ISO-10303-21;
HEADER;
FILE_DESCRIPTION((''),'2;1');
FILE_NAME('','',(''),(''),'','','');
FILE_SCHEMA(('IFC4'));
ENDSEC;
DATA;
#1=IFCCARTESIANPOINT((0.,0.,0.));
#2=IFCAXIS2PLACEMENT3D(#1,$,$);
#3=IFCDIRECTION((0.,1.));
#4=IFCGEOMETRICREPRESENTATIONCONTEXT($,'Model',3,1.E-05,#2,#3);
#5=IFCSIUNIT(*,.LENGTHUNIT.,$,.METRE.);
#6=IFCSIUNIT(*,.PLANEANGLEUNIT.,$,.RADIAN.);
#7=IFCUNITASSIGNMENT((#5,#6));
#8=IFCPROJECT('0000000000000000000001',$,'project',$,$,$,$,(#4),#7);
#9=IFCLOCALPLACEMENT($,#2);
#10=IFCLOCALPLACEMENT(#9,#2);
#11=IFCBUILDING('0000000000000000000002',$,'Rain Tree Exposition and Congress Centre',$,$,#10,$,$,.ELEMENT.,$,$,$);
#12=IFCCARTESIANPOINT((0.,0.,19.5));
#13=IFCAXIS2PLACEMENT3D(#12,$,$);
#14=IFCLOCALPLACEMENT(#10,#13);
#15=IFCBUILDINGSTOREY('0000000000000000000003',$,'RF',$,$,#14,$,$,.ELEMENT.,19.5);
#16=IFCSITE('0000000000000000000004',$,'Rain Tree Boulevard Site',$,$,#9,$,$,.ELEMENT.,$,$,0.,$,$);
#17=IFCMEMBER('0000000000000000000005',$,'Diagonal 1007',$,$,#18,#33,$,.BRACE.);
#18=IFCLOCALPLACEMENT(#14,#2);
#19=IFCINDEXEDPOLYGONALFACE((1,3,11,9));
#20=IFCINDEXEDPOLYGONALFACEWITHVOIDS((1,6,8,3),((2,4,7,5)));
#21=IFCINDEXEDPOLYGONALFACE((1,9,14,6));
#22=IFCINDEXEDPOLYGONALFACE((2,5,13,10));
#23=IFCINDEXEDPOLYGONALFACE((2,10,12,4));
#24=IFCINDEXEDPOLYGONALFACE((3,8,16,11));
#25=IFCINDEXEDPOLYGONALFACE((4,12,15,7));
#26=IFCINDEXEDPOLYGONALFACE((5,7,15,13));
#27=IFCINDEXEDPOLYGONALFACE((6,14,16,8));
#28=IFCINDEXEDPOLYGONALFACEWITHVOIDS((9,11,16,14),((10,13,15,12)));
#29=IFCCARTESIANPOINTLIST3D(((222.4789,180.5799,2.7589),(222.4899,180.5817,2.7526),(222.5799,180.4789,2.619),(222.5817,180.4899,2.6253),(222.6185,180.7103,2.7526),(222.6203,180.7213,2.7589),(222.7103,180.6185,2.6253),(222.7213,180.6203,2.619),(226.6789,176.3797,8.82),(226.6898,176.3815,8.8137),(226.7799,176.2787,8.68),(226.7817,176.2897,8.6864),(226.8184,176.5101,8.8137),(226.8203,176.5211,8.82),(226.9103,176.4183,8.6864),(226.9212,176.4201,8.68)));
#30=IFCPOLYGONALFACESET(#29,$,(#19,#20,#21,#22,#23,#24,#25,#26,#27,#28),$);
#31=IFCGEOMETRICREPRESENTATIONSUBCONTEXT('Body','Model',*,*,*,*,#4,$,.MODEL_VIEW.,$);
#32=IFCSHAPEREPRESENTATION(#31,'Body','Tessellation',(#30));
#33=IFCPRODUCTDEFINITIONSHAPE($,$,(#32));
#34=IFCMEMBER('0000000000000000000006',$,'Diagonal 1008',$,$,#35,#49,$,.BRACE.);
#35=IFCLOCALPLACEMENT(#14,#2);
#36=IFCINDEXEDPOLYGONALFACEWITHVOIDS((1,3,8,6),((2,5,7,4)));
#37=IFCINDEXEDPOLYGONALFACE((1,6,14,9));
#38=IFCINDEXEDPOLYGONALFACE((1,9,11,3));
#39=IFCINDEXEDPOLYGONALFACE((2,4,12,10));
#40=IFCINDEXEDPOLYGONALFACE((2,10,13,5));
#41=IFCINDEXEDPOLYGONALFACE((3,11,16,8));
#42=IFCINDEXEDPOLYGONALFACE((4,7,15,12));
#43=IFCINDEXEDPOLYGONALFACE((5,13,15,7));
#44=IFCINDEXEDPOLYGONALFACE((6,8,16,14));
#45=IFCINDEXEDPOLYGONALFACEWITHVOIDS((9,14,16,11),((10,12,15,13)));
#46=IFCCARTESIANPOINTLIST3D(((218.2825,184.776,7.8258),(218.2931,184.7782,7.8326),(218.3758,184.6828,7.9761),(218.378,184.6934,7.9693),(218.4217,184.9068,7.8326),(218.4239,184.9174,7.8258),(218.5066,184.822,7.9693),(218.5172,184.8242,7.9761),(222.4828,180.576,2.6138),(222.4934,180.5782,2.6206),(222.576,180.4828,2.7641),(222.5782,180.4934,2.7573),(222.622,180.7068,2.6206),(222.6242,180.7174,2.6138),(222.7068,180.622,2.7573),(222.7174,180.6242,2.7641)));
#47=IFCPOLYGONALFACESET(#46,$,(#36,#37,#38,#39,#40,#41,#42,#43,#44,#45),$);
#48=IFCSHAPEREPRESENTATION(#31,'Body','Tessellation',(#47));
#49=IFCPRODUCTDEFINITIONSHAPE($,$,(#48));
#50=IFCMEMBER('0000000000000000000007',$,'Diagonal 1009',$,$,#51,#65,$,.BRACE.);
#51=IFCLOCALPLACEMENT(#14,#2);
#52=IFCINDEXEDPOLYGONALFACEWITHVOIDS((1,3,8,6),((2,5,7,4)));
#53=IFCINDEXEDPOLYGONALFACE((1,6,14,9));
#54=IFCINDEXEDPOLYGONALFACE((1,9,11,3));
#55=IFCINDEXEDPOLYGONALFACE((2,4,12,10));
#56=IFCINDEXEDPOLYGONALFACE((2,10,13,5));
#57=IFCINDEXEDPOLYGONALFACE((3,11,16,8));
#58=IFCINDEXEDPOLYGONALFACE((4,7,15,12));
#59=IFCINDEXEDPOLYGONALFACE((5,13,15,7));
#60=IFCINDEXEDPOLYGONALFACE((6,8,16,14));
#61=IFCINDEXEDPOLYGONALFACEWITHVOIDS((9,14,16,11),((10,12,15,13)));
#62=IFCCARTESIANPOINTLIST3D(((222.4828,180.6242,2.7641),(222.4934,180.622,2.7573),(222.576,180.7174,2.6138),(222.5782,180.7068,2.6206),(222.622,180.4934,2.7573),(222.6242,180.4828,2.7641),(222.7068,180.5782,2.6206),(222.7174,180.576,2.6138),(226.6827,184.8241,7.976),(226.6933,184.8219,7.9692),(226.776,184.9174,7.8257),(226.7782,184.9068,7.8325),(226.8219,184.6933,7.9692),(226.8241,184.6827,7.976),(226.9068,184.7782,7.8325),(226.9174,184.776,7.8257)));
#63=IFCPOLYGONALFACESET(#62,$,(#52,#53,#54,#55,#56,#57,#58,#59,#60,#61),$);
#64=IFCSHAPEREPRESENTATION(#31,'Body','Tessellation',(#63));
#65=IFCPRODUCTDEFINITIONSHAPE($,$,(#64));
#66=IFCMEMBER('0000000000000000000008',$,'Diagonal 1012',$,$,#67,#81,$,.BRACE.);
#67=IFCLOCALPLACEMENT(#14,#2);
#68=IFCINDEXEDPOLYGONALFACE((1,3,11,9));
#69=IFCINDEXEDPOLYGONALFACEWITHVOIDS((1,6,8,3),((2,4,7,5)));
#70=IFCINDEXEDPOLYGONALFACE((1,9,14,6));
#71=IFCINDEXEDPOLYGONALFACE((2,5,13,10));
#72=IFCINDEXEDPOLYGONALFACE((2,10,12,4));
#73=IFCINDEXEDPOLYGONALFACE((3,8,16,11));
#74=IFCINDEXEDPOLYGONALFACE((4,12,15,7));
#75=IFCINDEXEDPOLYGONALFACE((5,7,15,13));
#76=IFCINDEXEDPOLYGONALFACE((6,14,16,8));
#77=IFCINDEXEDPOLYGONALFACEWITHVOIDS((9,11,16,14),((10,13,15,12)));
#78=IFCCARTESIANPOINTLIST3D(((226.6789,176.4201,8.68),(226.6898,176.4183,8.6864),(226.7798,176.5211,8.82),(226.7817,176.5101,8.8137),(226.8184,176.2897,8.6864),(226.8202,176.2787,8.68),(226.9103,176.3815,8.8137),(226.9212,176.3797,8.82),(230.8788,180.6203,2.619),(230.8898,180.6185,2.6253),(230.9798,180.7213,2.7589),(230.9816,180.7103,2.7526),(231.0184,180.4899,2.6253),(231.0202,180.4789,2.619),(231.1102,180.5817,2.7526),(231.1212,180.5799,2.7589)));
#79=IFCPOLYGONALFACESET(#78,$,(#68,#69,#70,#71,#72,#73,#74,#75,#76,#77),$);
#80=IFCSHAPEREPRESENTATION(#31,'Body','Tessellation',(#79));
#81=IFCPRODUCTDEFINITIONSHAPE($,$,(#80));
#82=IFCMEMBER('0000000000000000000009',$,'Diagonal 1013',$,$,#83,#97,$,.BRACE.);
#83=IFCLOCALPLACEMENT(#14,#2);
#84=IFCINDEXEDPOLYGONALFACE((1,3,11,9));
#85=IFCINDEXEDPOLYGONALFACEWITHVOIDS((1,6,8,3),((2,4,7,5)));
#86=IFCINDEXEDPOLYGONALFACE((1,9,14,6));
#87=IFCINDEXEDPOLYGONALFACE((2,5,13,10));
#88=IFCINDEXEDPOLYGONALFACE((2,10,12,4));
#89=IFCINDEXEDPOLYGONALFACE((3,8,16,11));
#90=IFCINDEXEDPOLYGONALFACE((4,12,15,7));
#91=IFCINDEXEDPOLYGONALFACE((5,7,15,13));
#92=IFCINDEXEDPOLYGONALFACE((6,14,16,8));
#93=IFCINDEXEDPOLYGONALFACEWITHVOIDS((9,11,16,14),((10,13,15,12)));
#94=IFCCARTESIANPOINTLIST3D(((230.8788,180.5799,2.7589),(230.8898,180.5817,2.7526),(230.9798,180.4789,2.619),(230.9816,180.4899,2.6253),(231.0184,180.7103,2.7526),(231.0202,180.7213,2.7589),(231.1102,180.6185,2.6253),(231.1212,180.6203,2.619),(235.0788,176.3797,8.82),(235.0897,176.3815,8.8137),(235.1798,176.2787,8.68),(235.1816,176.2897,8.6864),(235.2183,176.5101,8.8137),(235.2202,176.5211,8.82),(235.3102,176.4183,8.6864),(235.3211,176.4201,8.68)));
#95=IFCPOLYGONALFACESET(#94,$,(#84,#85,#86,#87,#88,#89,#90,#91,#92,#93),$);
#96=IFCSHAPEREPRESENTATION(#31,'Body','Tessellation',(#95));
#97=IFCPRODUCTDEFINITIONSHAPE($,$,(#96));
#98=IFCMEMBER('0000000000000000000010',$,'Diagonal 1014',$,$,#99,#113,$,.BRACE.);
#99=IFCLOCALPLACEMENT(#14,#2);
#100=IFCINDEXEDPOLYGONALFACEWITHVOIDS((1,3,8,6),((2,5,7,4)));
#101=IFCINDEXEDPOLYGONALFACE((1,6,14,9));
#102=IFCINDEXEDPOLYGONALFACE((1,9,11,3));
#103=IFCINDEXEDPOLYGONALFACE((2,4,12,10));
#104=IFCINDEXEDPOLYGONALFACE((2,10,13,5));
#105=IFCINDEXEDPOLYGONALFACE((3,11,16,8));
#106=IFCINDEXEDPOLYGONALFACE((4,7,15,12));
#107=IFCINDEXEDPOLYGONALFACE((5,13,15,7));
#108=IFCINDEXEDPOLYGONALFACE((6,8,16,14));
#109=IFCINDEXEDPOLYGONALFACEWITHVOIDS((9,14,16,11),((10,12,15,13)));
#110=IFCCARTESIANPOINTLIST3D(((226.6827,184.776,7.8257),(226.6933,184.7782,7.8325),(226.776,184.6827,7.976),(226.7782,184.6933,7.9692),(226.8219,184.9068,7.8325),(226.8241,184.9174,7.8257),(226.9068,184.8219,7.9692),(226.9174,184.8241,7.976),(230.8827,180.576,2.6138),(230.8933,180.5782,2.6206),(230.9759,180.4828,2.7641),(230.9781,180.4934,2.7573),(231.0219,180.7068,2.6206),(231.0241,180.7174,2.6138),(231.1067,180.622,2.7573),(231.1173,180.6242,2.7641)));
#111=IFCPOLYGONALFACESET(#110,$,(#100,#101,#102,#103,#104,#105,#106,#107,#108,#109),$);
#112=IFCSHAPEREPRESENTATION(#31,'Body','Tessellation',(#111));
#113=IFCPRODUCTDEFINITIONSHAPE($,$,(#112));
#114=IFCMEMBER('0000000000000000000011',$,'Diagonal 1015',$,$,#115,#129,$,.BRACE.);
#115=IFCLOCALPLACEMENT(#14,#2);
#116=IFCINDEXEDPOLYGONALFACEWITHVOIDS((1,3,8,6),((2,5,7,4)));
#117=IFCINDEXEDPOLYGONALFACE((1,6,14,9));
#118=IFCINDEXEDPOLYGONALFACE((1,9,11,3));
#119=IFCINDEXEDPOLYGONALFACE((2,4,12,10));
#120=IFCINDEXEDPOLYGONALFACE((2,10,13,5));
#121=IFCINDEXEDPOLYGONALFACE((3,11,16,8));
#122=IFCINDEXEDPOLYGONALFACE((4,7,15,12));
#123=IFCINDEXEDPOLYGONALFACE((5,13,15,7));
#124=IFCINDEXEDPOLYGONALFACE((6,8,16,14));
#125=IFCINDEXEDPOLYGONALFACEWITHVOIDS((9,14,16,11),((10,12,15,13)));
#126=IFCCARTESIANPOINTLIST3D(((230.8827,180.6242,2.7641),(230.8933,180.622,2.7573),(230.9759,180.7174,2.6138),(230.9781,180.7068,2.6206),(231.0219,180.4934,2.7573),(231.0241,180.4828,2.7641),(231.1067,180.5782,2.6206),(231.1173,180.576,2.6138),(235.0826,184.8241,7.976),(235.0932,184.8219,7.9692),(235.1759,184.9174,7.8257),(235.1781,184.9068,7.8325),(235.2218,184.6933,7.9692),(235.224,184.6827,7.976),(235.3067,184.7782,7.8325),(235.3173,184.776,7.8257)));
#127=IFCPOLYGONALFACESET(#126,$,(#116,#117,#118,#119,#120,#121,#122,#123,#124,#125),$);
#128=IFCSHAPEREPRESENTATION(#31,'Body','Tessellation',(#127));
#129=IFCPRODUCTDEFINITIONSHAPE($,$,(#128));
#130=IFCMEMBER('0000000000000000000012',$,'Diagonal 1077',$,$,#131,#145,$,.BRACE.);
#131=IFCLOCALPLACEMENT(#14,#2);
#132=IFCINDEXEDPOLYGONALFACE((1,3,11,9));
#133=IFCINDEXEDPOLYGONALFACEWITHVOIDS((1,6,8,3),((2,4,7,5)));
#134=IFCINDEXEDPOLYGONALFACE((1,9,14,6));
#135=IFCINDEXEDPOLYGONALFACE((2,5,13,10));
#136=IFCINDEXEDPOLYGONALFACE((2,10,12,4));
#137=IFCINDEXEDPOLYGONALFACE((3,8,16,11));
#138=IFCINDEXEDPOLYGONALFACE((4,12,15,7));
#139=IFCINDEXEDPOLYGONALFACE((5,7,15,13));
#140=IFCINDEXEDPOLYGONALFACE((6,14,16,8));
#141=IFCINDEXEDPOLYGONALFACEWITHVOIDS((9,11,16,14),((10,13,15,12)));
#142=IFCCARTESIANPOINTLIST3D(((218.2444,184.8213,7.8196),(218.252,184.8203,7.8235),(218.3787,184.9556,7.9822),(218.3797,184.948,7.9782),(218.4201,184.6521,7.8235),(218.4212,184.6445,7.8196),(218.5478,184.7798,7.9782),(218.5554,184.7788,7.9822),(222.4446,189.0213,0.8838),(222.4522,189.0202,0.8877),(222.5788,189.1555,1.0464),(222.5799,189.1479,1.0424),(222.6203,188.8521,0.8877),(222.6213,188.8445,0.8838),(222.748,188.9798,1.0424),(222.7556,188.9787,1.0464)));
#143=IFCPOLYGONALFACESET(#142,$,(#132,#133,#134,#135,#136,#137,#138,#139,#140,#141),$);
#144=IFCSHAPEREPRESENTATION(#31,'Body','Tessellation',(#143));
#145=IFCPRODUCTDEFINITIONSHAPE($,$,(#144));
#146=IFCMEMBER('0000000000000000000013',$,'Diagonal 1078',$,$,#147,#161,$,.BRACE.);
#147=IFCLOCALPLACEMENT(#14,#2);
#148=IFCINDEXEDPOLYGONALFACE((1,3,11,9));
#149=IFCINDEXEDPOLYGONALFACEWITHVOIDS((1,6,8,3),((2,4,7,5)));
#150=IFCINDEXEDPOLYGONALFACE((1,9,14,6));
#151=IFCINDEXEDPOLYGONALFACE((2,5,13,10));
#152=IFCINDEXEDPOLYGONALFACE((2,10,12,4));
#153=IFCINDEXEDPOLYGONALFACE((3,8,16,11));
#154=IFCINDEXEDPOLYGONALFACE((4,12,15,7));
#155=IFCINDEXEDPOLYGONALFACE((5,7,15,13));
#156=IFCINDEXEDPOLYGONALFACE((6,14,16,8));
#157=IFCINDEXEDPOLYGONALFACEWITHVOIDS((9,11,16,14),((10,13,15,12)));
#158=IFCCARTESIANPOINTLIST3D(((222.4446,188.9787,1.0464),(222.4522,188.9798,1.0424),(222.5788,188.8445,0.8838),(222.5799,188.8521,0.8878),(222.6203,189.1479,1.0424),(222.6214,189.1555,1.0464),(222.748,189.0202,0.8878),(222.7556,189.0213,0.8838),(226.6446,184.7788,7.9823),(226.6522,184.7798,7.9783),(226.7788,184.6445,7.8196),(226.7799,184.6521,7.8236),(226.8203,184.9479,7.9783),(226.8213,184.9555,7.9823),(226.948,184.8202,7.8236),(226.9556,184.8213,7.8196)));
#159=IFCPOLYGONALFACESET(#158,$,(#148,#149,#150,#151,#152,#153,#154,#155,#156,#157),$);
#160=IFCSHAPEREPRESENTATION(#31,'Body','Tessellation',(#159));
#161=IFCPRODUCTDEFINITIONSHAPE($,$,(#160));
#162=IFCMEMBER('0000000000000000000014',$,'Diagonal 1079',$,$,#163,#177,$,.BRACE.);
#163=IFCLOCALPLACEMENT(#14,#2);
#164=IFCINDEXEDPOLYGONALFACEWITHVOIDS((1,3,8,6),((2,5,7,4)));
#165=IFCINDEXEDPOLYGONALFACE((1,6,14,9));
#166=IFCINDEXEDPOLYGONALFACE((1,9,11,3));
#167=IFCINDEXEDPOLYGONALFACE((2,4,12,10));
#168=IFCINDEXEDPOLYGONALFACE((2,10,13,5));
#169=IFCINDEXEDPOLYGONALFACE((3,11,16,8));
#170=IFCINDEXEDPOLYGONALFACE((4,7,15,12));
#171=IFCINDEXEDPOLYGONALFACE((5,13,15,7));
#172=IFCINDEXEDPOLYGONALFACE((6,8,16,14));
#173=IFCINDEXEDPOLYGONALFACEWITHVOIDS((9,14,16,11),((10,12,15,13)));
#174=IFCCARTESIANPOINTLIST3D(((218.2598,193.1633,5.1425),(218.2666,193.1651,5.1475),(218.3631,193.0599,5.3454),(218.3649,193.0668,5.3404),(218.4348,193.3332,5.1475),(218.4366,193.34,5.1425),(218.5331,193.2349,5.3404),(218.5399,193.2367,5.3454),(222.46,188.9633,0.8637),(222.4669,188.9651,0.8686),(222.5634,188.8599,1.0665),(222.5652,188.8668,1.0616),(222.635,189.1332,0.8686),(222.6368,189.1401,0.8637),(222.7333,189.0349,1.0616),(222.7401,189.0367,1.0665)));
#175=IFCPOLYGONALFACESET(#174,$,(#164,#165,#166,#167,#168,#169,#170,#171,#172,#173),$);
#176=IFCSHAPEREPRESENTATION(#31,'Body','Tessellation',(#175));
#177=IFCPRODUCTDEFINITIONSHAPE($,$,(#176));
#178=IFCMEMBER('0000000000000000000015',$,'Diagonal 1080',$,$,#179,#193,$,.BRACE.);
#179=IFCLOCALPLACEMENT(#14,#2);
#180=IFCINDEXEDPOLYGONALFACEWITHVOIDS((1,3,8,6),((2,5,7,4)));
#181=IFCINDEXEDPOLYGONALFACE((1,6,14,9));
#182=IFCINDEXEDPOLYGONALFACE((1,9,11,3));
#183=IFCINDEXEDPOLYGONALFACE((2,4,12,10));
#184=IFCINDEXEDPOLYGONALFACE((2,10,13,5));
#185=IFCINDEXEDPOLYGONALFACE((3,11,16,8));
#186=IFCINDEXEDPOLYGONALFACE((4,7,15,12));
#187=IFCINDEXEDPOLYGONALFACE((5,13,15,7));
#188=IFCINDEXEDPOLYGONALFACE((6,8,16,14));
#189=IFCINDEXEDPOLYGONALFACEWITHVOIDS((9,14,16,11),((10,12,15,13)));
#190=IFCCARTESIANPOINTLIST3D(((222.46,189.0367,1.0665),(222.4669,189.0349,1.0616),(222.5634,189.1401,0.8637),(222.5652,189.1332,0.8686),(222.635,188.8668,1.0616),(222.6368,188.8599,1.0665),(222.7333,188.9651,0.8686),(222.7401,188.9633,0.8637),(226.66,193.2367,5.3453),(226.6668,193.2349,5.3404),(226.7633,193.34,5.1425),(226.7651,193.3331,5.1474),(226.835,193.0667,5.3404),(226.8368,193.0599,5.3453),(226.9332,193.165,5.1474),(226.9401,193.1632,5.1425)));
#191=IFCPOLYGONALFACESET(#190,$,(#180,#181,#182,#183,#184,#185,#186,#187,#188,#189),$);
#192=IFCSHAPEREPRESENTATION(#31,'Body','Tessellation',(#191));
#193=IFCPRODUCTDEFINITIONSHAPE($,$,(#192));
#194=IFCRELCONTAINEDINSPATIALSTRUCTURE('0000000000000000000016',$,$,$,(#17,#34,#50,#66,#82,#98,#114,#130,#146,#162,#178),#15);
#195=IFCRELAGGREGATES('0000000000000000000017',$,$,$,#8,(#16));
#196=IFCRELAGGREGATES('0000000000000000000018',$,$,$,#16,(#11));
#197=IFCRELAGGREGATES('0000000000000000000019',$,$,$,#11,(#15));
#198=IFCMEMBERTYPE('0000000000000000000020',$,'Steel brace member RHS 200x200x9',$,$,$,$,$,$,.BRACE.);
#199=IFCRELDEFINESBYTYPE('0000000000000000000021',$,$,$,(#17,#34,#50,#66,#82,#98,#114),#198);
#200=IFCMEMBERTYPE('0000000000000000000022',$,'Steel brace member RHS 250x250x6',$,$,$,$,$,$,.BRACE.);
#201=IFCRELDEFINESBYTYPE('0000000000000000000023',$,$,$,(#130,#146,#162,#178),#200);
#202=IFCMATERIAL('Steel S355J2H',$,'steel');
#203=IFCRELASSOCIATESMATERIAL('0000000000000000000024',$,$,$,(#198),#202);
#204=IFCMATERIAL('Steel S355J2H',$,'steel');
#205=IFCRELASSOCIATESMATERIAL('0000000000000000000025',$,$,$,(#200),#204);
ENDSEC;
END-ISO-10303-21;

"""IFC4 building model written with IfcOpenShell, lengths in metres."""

from ifc_helpers import new_model, si_unit, direction, frame, origin, origin_2d, place, context, subcontext, project, spatial, hollow_rectangle, extrude, material, material_profile, profile_set, type_object, element, save


model = new_model("IFC4")

# Units and contexts
model_context = context("Model", 3, precision=1e-05, world=origin(), true_north=direction((0.0, 1.0)))
body_context = subcontext(model_context, "Body", "Model", "MODEL_VIEW")
ifc_project = project(units=[si_unit("LENGTHUNIT", "METRE"), si_unit("PLANEANGLEUNIT", "RADIAN")], contexts=[model_context])

# Site, building, storey
site_placement = place(None, origin())
site = spatial("IfcSite", under=ifc_project, at=site_placement, Name="Rain Tree Boulevard Site", CompositionType="ELEMENT", RefElevation=0.0)
building_placement = place(site_placement, origin())
building = spatial("IfcBuilding", under=site, at=building_placement, Name="Rain Tree Exposition and Congress Centre", CompositionType="ELEMENT")
storey_placement = place(building_placement, frame((0.0, 0.0, 19.5)))
storey = spatial("IfcBuildingStorey", under=building, at=storey_placement, Name="RF", CompositionType="ELEMENT", Elevation=19.5)

# Members
ifc_material_1 = material(Name="Steel S355J2H", Category="steel")
ifc_material_profile_1 = material_profile(ifc_material_1, hollow_rectangle(XDim=0.2, YDim=0.2, WallThickness=0.009, at=origin_2d()), Name="RHS 200x200x9")
ifc_profile_set_1 = profile_set([ifc_material_profile_1], Name="Steel S355J2H")
member_type_1 = type_object("IfcMemberType", Name="Steel brace member RHS 200x200x9", PredefinedType="BRACE", material=ifc_profile_set_1)
member_1_placement = place(storey_placement, frame((222.6001, 180.6001, 2.689), z_axis=(0.494909, -0.494938, 0.714214), x_axis=(0.707127, 0.707086, 0.0)))
element("IfcMember", 1, at=member_1_placement, inside=storey, type_object=member_type_1, Name="Diagonal 1007", PredefinedType="BRACE", context=body_context, shape_type="SweptSolid", body=[
    extrude(hollow_rectangle(XDim=0.2, YDim=0.2, WallThickness=0.009, at=origin_2d()), origin(), (0.0, 0.0, 1.0), 8.4863),
])
member_2_placement = place(storey_placement, frame((222.6001, 180.6001, 2.689), z_axis=(-0.53152, 0.531489, 0.65955), x_axis=(-0.707086, -0.707127, 0.0)))
element("IfcMember", 2, at=member_2_placement, inside=storey, type_object=member_type_1, Name="Diagonal 1008", PredefinedType="BRACE", context=body_context, shape_type="SweptSolid", body=[
    extrude(hollow_rectangle(XDim=0.2, YDim=0.2, WallThickness=0.009, at=origin_2d()), origin(), (0.0, 0.0, 1.0), 7.9023),
])
member_3_placement = place(storey_placement, frame((222.6001, 180.6001, 2.689), z_axis=(0.531498, 0.531498, 0.65956), x_axis=(-0.707107, 0.707107, 0.0)))
element("IfcMember", 3, at=member_3_placement, inside=storey, type_object=member_type_1, Name="Diagonal 1009", PredefinedType="BRACE", context=body_context, shape_type="SweptSolid", body=[
    extrude(hollow_rectangle(XDim=0.2, YDim=0.2, WallThickness=0.009, at=origin_2d()), origin(), (0.0, 0.0, 1.0), 7.9021),
])
for number, where, z_axis, x_axis, name in (
    (4, (231.0, 180.6001, 2.689), (-0.494909, -0.494938, 0.714214), (0.707127, -0.707086, 0.0), "Diagonal 1012"),
    (5, (231.0, 180.6001, 2.689), (0.494909, -0.494938, 0.714214), (0.707127, 0.707086, 0.0), "Diagonal 1013"),
):
    element("IfcMember", number, at=place(storey_placement, frame(where, z_axis=z_axis, x_axis=x_axis)), inside=storey, type_object=member_type_1, Name=name, PredefinedType="BRACE", context=body_context, shape_type="SweptSolid", body=[
        extrude(hollow_rectangle(XDim=0.2, YDim=0.2, WallThickness=0.009, at=origin_2d()), origin(), (0.0, 0.0, 1.0), 8.4863),
    ])
for number, where, z_axis, x_axis, name in (
    (6, (231.0, 180.6001, 2.689), (-0.531498, 0.531498, 0.65956), (-0.707107, -0.707107, 0.0), "Diagonal 1014"),
    (7, (231.0, 180.6001, 2.689), (0.531498, 0.531498, 0.65956), (-0.707107, 0.707107, 0.0), "Diagonal 1015"),
):
    element("IfcMember", number, at=place(storey_placement, frame(where, z_axis=z_axis, x_axis=x_axis)), inside=storey, type_object=member_type_1, Name=name, PredefinedType="BRACE", context=body_context, shape_type="SweptSolid", body=[
        extrude(hollow_rectangle(XDim=0.2, YDim=0.2, WallThickness=0.009, at=origin_2d()), origin(), (0.0, 0.0, 1.0), 7.9021),
    ])
ifc_material_2 = material(Name="Steel S355J2H", Category="steel")
ifc_material_profile_2 = material_profile(ifc_material_2, hollow_rectangle(XDim=0.25, YDim=0.25, WallThickness=0.0061, at=origin_2d()), Name="RHS 250x250x6")
ifc_profile_set_2 = profile_set([ifc_material_profile_2], Name="Steel S355J2H")
member_type_2 = type_object("IfcMemberType", Name="Steel brace member RHS 250x250x6", PredefinedType="BRACE", material=ifc_profile_set_2)
for number, where, z_axis, x_axis, name in (
    (8, (222.6001, 189.0, 0.9651), (-0.459962, -0.459935, 0.759536), (0.707086, -0.707127, 0.0), "Diagonal 1077"),
    (9, (222.6001, 189.0, 0.9651), (0.459941, -0.459941, 0.759545), (0.707107, 0.707107, 0.0), "Diagonal 1078"),
):
    element("IfcMember", number, at=place(storey_placement, frame(where, z_axis=z_axis, x_axis=x_axis)), inside=storey, type_object=member_type_2, Name=name, PredefinedType="BRACE", context=body_context, shape_type="SweptSolid", body=[
        extrude(hollow_rectangle(XDim=0.25, YDim=0.25, WallThickness=0.0061, at=origin_2d()), origin(), (0.0, 0.0, 1.0), 9.1316),
    ])
member_4_placement = place(storey_placement, frame((222.6001, 189.0, 0.9651), z_axis=(-0.57376, 0.573726, 0.584498), x_axis=(-0.707086, -0.707127, 0.0)))
element("IfcMember", 10, at=member_4_placement, inside=storey, type_object=member_type_2, Name="Diagonal 1079", PredefinedType="BRACE", context=body_context, shape_type="SweptSolid", body=[
    extrude(hollow_rectangle(XDim=0.25, YDim=0.25, WallThickness=0.0061, at=origin_2d()), origin(), (0.0, 0.0, 1.0), 7.3206),
])
member_5_placement = place(storey_placement, frame((222.6001, 189.0, 0.9651), z_axis=(0.573737, 0.573737, 0.58451), x_axis=(-0.707107, 0.707107, 0.0)))
element("IfcMember", 11, at=member_5_placement, inside=storey, type_object=member_type_2, Name="Diagonal 1080", PredefinedType="BRACE", context=body_context, shape_type="SweptSolid", body=[
    extrude(hollow_rectangle(XDim=0.25, YDim=0.25, WallThickness=0.0061, at=origin_2d()), origin(), (0.0, 0.0, 1.0), 7.3203),
])

save(model, "model.ifc")
